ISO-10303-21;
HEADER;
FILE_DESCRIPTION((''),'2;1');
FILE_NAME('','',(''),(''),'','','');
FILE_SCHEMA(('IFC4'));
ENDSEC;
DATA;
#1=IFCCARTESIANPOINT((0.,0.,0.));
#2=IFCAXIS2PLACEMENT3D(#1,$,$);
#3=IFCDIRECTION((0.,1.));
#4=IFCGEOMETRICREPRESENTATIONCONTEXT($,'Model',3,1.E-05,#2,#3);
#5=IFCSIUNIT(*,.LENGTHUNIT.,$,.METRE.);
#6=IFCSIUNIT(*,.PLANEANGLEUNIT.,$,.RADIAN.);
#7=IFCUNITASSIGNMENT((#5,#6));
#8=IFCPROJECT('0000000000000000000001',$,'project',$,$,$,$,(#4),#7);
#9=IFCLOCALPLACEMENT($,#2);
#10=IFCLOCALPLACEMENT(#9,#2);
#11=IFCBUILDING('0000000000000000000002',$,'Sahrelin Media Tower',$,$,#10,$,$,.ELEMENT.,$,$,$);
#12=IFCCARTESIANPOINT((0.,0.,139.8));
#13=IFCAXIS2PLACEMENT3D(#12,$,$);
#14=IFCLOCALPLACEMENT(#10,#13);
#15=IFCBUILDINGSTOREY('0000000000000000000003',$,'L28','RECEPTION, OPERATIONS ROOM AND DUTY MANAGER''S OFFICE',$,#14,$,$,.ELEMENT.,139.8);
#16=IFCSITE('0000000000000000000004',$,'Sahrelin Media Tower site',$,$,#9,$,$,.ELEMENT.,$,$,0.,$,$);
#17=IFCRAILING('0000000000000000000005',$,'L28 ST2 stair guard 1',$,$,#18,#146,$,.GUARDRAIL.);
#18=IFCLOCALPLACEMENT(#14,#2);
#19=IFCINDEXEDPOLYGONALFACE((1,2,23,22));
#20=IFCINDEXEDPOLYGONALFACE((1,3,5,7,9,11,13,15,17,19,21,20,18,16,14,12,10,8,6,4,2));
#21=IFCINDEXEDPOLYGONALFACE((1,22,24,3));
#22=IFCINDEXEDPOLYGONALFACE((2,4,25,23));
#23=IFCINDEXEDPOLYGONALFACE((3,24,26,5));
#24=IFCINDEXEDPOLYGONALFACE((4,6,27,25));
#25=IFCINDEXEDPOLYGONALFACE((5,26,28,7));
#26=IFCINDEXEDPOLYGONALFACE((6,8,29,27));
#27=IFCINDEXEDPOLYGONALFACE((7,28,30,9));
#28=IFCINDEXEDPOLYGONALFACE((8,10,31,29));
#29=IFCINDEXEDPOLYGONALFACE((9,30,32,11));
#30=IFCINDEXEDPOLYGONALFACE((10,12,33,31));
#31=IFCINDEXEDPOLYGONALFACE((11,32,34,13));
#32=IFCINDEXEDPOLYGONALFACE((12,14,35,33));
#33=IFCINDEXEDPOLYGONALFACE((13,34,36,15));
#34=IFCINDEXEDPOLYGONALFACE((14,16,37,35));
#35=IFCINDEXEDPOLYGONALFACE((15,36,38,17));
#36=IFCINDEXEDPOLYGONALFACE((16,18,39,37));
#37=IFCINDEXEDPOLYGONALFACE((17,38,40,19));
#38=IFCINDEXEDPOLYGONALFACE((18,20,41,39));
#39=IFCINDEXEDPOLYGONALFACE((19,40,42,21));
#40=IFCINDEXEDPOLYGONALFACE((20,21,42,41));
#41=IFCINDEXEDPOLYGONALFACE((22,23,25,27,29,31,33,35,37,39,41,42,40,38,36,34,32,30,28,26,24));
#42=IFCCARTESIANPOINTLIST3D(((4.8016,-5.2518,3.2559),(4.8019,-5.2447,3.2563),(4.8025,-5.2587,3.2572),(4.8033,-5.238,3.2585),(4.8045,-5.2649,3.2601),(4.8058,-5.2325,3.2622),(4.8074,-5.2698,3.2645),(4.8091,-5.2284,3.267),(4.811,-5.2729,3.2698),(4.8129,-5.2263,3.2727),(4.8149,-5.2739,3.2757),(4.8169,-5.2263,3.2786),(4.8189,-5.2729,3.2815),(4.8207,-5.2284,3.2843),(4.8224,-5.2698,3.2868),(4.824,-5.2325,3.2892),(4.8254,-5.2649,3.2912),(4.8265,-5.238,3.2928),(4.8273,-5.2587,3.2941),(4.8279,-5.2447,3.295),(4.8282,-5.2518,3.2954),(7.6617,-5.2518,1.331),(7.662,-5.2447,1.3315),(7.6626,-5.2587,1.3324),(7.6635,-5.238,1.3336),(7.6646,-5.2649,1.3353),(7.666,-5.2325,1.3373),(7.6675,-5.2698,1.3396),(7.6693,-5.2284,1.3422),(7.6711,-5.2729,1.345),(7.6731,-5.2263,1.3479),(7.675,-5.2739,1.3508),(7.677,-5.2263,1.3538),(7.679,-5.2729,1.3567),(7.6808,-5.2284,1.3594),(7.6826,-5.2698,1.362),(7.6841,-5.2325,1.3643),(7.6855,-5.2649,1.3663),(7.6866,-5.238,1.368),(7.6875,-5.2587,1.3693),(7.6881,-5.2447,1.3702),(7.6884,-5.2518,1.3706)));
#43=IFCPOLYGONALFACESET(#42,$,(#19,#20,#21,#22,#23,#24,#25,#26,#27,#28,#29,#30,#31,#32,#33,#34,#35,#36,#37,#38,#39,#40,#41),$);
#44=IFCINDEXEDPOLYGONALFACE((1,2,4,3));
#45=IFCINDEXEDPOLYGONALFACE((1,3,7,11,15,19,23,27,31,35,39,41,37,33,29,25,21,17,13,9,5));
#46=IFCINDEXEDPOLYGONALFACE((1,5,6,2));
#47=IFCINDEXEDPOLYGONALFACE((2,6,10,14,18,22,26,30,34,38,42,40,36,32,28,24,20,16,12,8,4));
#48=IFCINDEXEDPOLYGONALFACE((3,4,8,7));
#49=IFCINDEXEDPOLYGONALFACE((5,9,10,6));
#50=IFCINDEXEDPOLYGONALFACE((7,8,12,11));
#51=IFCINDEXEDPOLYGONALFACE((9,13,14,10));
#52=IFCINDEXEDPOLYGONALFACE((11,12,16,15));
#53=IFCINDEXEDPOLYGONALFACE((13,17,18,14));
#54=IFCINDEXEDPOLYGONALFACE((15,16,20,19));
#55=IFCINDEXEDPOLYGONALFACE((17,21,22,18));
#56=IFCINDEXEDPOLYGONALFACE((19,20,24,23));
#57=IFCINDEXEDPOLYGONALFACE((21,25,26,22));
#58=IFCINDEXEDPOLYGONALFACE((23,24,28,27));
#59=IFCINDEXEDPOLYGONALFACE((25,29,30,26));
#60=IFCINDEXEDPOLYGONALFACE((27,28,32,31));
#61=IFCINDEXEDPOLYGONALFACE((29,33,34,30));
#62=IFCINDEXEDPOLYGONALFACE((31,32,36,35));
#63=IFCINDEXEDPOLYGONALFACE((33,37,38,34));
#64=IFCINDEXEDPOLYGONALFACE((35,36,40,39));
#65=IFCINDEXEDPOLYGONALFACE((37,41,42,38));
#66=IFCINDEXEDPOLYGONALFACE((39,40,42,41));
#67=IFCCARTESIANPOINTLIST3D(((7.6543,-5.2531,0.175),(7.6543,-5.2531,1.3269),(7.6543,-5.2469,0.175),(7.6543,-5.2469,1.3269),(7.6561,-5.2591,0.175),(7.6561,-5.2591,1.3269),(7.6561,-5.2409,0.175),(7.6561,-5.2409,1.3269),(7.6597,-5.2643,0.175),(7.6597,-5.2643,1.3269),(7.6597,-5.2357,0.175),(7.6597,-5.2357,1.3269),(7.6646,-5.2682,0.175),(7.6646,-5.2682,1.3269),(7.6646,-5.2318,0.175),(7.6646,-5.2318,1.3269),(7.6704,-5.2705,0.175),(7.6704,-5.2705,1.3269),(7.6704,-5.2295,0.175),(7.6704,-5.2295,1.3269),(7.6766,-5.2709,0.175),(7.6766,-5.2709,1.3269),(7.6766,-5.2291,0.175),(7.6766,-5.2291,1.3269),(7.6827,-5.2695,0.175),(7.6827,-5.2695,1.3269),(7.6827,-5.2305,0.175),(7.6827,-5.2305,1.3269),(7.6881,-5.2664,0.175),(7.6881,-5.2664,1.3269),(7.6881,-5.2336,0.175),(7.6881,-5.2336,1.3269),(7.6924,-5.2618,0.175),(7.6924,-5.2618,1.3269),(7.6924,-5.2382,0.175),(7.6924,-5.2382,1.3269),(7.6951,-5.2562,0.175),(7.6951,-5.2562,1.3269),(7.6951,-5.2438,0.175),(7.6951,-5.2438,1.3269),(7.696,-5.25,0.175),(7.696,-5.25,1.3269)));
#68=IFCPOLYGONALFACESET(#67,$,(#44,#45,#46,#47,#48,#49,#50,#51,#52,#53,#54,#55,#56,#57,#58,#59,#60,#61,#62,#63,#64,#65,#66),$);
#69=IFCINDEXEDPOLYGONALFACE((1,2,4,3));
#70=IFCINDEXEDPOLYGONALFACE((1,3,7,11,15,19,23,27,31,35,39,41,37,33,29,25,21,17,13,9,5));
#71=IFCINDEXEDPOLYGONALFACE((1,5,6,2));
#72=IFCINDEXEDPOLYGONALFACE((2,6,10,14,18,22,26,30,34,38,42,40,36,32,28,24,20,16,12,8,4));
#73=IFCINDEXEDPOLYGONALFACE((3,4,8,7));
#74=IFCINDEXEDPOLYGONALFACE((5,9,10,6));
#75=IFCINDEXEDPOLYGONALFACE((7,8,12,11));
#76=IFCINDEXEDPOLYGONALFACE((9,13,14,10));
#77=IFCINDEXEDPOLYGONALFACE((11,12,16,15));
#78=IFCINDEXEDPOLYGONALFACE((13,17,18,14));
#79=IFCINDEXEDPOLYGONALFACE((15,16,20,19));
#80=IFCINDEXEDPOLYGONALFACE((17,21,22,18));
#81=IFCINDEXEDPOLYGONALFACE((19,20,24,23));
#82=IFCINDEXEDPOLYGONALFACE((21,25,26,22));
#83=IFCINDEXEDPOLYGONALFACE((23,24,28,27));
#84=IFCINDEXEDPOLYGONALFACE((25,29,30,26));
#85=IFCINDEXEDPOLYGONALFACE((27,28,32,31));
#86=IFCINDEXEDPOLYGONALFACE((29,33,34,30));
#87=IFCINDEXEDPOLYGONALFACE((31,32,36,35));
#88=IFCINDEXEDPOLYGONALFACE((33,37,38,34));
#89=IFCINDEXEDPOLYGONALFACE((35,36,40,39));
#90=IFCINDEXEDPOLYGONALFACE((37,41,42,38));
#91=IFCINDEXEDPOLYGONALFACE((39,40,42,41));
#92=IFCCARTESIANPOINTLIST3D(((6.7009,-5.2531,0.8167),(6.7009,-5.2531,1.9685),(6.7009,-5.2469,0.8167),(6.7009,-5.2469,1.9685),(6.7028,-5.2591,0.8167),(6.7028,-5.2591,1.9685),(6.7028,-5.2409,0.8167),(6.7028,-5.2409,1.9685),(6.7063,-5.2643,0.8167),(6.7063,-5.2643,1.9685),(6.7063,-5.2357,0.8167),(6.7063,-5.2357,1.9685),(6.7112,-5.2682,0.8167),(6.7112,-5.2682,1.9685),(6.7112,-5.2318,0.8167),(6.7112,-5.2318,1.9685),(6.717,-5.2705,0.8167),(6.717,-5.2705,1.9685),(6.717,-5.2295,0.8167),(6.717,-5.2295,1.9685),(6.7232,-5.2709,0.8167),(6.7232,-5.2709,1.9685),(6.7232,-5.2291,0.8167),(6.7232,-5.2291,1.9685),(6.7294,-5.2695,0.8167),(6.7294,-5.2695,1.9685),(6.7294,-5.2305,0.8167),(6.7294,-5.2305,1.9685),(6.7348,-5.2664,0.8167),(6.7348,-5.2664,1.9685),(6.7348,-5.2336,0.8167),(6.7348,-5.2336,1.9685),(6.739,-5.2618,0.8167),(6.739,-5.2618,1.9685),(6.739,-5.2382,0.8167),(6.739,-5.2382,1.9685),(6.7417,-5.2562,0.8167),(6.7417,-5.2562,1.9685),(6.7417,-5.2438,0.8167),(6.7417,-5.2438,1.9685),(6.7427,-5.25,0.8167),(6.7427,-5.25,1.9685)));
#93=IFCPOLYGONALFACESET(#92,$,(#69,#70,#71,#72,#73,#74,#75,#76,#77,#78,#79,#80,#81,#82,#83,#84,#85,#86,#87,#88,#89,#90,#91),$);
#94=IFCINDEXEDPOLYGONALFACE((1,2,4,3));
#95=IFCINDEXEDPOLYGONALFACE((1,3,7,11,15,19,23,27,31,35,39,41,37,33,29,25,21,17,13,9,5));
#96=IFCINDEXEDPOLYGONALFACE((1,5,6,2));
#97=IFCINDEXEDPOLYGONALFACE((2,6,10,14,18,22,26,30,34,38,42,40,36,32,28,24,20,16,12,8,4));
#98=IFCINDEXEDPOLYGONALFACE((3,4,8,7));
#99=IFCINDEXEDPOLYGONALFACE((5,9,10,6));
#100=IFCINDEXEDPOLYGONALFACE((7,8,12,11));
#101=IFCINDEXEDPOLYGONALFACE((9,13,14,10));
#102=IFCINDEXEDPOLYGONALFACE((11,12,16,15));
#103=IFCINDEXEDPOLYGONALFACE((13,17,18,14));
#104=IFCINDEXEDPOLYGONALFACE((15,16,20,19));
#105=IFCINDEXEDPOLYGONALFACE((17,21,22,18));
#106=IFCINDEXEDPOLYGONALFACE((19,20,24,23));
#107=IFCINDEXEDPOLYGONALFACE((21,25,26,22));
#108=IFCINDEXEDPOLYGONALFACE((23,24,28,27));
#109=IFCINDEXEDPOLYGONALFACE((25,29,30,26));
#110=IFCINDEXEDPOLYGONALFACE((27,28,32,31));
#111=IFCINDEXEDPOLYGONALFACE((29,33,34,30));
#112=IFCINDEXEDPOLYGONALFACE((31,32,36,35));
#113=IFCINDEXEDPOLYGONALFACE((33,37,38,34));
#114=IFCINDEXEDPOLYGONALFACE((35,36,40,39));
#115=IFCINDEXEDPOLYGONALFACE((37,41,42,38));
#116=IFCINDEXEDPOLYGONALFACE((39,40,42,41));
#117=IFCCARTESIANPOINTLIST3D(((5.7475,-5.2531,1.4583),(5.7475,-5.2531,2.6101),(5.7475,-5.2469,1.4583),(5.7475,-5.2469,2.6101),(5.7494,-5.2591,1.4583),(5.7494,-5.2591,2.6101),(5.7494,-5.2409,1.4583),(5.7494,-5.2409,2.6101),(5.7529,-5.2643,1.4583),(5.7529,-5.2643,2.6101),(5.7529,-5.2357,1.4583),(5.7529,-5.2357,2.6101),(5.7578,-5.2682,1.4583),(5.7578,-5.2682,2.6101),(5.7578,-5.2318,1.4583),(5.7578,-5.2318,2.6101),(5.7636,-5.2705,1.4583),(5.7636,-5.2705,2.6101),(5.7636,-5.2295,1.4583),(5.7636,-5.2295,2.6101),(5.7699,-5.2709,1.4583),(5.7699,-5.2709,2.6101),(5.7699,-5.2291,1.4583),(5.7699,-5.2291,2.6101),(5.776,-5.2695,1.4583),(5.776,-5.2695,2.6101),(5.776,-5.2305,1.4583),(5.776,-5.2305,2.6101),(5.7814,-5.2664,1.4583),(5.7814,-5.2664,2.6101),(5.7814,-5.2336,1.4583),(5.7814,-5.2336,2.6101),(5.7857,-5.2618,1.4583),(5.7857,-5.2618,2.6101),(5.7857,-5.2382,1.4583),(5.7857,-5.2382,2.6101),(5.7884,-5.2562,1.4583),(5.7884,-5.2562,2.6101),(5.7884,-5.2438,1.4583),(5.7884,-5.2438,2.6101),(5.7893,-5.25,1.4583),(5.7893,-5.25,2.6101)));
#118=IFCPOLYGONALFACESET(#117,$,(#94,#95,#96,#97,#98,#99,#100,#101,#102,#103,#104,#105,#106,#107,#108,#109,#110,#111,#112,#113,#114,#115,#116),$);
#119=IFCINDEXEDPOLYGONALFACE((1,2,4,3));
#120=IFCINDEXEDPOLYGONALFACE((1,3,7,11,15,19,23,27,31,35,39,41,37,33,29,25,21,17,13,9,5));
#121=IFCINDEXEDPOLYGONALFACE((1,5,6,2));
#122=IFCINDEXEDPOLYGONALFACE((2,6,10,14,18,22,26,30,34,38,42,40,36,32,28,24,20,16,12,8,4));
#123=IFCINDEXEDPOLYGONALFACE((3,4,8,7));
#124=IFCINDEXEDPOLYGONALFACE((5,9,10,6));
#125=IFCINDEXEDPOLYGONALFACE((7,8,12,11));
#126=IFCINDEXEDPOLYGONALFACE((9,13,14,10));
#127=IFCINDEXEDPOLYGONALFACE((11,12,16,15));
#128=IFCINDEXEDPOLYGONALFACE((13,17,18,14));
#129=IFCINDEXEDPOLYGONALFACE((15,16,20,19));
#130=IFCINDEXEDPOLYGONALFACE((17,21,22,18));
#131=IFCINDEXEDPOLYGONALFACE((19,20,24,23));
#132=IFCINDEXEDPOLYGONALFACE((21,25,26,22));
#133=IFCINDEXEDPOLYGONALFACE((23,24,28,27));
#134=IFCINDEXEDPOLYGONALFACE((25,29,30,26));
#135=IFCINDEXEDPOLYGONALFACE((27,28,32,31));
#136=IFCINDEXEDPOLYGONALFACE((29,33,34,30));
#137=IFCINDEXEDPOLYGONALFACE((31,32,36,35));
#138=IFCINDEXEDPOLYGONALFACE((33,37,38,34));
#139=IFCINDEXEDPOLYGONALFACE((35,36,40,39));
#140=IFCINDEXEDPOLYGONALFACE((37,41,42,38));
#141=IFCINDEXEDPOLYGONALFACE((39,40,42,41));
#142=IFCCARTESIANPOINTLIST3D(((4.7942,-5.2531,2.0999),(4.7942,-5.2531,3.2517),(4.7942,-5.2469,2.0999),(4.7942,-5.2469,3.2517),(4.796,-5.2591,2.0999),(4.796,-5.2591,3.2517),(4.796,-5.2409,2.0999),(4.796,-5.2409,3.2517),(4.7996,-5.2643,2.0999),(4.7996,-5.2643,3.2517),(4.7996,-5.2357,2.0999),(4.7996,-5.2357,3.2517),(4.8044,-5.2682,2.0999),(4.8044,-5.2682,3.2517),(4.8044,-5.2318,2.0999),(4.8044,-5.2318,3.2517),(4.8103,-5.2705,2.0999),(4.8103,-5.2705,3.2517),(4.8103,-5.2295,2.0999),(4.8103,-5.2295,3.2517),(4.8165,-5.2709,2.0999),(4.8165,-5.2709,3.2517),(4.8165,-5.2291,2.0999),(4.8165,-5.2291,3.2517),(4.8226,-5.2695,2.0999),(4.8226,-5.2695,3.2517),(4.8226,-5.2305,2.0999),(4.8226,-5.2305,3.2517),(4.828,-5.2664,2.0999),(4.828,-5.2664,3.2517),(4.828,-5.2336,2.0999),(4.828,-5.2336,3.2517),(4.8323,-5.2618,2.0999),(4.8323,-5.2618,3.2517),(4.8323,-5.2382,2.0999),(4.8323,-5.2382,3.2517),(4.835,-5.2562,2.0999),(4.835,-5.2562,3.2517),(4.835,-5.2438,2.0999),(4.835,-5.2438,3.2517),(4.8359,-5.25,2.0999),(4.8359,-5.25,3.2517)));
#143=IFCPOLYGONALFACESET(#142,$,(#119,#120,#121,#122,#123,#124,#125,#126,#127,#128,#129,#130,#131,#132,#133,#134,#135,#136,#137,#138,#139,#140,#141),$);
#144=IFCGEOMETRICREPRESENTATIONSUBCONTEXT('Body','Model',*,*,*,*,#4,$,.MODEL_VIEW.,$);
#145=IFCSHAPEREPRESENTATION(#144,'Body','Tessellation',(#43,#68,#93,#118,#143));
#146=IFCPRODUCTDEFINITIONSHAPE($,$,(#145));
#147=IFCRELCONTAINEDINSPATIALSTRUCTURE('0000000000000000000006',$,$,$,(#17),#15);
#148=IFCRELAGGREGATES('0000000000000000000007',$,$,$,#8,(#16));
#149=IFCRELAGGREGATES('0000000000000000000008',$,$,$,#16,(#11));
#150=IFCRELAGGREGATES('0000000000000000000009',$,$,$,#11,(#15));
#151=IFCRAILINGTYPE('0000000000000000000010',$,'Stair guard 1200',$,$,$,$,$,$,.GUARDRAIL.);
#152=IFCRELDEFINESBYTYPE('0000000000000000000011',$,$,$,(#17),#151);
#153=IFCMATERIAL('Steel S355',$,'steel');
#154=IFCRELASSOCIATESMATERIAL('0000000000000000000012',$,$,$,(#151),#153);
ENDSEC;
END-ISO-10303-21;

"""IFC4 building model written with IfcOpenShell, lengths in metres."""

from ifc_helpers import new_model, si_unit, direction, frame, origin, origin_2d, place, context, subcontext, project, spatial, circle, extrude, material, type_object, element, save


model = new_model("IFC4")

# Units and contexts
model_context = context("Model", 3, precision=1e-05, world=origin(), true_north=direction((0.0, 1.0)))
body_context = subcontext(model_context, "Body", "Model", "MODEL_VIEW")
ifc_project = project(units=[si_unit("LENGTHUNIT", "METRE"), si_unit("PLANEANGLEUNIT", "RADIAN")], contexts=[model_context])

# Site, building, storey
site_placement = place(None, origin())
site = spatial("IfcSite", under=ifc_project, at=site_placement, Name="Sahrelin Media Tower site", CompositionType="ELEMENT", RefElevation=0.0)
building_placement = place(site_placement, origin())
building = spatial("IfcBuilding", under=site, at=building_placement, Name="Sahrelin Media Tower", CompositionType="ELEMENT")
storey_placement = place(building_placement, frame((0.0, 0.0, 139.8)))
storey = spatial("IfcBuildingStorey", under=building, at=storey_placement, Name="L28", Description="RECEPTION, OPERATIONS ROOM AND DUTY MANAGER'S OFFICE", CompositionType="ELEMENT", Elevation=139.8)

# Shared definitions
ifc_material_1 = material(Name="Steel S355", Category="steel")

# Railing
railing_type_1 = type_object("IfcRailingType", Name="Stair guard 1200", PredefinedType="GUARDRAIL", material=ifc_material_1)
railing_1_placement = place(storey_placement, frame((7.675, -5.25, 0.175)))
element("IfcRailing", 1, at=railing_1_placement, inside=storey, type_object=railing_type_1, Name="L28 ST2 stair guard 1", PredefinedType="GUARDRAIL", context=body_context, shape_type="SweptSolid", body=[
    extrude(circle(Radius=0.0239, at=origin_2d()), frame((0.0, 0.0, 1.1758), z_axis=(-0.829624, 0.0, 0.558323), x_axis=(0.0, -1.0, 0.0)), (0.0, 0.0, 1.0), 3.4475),
    extrude(circle(Radius=0.021, at=origin_2d()), origin(), (0.0, 0.0, 1.0), 1.1519),
    extrude(circle(Radius=0.021, at=origin_2d()), frame((-0.9534, 0.0, 0.6416)), (0.0, 0.0, 1.0), 1.1519),
    extrude(circle(Radius=0.021, at=origin_2d()), frame((-1.9067, 0.0, 1.2832)), (0.0, 0.0, 1.0), 1.1519),
    extrude(circle(Radius=0.021, at=origin_2d()), frame((-2.8601, 0.0, 1.9248)), (0.0, 0.0, 1.0), 1.1519),
])

save(model, "model.ifc")
